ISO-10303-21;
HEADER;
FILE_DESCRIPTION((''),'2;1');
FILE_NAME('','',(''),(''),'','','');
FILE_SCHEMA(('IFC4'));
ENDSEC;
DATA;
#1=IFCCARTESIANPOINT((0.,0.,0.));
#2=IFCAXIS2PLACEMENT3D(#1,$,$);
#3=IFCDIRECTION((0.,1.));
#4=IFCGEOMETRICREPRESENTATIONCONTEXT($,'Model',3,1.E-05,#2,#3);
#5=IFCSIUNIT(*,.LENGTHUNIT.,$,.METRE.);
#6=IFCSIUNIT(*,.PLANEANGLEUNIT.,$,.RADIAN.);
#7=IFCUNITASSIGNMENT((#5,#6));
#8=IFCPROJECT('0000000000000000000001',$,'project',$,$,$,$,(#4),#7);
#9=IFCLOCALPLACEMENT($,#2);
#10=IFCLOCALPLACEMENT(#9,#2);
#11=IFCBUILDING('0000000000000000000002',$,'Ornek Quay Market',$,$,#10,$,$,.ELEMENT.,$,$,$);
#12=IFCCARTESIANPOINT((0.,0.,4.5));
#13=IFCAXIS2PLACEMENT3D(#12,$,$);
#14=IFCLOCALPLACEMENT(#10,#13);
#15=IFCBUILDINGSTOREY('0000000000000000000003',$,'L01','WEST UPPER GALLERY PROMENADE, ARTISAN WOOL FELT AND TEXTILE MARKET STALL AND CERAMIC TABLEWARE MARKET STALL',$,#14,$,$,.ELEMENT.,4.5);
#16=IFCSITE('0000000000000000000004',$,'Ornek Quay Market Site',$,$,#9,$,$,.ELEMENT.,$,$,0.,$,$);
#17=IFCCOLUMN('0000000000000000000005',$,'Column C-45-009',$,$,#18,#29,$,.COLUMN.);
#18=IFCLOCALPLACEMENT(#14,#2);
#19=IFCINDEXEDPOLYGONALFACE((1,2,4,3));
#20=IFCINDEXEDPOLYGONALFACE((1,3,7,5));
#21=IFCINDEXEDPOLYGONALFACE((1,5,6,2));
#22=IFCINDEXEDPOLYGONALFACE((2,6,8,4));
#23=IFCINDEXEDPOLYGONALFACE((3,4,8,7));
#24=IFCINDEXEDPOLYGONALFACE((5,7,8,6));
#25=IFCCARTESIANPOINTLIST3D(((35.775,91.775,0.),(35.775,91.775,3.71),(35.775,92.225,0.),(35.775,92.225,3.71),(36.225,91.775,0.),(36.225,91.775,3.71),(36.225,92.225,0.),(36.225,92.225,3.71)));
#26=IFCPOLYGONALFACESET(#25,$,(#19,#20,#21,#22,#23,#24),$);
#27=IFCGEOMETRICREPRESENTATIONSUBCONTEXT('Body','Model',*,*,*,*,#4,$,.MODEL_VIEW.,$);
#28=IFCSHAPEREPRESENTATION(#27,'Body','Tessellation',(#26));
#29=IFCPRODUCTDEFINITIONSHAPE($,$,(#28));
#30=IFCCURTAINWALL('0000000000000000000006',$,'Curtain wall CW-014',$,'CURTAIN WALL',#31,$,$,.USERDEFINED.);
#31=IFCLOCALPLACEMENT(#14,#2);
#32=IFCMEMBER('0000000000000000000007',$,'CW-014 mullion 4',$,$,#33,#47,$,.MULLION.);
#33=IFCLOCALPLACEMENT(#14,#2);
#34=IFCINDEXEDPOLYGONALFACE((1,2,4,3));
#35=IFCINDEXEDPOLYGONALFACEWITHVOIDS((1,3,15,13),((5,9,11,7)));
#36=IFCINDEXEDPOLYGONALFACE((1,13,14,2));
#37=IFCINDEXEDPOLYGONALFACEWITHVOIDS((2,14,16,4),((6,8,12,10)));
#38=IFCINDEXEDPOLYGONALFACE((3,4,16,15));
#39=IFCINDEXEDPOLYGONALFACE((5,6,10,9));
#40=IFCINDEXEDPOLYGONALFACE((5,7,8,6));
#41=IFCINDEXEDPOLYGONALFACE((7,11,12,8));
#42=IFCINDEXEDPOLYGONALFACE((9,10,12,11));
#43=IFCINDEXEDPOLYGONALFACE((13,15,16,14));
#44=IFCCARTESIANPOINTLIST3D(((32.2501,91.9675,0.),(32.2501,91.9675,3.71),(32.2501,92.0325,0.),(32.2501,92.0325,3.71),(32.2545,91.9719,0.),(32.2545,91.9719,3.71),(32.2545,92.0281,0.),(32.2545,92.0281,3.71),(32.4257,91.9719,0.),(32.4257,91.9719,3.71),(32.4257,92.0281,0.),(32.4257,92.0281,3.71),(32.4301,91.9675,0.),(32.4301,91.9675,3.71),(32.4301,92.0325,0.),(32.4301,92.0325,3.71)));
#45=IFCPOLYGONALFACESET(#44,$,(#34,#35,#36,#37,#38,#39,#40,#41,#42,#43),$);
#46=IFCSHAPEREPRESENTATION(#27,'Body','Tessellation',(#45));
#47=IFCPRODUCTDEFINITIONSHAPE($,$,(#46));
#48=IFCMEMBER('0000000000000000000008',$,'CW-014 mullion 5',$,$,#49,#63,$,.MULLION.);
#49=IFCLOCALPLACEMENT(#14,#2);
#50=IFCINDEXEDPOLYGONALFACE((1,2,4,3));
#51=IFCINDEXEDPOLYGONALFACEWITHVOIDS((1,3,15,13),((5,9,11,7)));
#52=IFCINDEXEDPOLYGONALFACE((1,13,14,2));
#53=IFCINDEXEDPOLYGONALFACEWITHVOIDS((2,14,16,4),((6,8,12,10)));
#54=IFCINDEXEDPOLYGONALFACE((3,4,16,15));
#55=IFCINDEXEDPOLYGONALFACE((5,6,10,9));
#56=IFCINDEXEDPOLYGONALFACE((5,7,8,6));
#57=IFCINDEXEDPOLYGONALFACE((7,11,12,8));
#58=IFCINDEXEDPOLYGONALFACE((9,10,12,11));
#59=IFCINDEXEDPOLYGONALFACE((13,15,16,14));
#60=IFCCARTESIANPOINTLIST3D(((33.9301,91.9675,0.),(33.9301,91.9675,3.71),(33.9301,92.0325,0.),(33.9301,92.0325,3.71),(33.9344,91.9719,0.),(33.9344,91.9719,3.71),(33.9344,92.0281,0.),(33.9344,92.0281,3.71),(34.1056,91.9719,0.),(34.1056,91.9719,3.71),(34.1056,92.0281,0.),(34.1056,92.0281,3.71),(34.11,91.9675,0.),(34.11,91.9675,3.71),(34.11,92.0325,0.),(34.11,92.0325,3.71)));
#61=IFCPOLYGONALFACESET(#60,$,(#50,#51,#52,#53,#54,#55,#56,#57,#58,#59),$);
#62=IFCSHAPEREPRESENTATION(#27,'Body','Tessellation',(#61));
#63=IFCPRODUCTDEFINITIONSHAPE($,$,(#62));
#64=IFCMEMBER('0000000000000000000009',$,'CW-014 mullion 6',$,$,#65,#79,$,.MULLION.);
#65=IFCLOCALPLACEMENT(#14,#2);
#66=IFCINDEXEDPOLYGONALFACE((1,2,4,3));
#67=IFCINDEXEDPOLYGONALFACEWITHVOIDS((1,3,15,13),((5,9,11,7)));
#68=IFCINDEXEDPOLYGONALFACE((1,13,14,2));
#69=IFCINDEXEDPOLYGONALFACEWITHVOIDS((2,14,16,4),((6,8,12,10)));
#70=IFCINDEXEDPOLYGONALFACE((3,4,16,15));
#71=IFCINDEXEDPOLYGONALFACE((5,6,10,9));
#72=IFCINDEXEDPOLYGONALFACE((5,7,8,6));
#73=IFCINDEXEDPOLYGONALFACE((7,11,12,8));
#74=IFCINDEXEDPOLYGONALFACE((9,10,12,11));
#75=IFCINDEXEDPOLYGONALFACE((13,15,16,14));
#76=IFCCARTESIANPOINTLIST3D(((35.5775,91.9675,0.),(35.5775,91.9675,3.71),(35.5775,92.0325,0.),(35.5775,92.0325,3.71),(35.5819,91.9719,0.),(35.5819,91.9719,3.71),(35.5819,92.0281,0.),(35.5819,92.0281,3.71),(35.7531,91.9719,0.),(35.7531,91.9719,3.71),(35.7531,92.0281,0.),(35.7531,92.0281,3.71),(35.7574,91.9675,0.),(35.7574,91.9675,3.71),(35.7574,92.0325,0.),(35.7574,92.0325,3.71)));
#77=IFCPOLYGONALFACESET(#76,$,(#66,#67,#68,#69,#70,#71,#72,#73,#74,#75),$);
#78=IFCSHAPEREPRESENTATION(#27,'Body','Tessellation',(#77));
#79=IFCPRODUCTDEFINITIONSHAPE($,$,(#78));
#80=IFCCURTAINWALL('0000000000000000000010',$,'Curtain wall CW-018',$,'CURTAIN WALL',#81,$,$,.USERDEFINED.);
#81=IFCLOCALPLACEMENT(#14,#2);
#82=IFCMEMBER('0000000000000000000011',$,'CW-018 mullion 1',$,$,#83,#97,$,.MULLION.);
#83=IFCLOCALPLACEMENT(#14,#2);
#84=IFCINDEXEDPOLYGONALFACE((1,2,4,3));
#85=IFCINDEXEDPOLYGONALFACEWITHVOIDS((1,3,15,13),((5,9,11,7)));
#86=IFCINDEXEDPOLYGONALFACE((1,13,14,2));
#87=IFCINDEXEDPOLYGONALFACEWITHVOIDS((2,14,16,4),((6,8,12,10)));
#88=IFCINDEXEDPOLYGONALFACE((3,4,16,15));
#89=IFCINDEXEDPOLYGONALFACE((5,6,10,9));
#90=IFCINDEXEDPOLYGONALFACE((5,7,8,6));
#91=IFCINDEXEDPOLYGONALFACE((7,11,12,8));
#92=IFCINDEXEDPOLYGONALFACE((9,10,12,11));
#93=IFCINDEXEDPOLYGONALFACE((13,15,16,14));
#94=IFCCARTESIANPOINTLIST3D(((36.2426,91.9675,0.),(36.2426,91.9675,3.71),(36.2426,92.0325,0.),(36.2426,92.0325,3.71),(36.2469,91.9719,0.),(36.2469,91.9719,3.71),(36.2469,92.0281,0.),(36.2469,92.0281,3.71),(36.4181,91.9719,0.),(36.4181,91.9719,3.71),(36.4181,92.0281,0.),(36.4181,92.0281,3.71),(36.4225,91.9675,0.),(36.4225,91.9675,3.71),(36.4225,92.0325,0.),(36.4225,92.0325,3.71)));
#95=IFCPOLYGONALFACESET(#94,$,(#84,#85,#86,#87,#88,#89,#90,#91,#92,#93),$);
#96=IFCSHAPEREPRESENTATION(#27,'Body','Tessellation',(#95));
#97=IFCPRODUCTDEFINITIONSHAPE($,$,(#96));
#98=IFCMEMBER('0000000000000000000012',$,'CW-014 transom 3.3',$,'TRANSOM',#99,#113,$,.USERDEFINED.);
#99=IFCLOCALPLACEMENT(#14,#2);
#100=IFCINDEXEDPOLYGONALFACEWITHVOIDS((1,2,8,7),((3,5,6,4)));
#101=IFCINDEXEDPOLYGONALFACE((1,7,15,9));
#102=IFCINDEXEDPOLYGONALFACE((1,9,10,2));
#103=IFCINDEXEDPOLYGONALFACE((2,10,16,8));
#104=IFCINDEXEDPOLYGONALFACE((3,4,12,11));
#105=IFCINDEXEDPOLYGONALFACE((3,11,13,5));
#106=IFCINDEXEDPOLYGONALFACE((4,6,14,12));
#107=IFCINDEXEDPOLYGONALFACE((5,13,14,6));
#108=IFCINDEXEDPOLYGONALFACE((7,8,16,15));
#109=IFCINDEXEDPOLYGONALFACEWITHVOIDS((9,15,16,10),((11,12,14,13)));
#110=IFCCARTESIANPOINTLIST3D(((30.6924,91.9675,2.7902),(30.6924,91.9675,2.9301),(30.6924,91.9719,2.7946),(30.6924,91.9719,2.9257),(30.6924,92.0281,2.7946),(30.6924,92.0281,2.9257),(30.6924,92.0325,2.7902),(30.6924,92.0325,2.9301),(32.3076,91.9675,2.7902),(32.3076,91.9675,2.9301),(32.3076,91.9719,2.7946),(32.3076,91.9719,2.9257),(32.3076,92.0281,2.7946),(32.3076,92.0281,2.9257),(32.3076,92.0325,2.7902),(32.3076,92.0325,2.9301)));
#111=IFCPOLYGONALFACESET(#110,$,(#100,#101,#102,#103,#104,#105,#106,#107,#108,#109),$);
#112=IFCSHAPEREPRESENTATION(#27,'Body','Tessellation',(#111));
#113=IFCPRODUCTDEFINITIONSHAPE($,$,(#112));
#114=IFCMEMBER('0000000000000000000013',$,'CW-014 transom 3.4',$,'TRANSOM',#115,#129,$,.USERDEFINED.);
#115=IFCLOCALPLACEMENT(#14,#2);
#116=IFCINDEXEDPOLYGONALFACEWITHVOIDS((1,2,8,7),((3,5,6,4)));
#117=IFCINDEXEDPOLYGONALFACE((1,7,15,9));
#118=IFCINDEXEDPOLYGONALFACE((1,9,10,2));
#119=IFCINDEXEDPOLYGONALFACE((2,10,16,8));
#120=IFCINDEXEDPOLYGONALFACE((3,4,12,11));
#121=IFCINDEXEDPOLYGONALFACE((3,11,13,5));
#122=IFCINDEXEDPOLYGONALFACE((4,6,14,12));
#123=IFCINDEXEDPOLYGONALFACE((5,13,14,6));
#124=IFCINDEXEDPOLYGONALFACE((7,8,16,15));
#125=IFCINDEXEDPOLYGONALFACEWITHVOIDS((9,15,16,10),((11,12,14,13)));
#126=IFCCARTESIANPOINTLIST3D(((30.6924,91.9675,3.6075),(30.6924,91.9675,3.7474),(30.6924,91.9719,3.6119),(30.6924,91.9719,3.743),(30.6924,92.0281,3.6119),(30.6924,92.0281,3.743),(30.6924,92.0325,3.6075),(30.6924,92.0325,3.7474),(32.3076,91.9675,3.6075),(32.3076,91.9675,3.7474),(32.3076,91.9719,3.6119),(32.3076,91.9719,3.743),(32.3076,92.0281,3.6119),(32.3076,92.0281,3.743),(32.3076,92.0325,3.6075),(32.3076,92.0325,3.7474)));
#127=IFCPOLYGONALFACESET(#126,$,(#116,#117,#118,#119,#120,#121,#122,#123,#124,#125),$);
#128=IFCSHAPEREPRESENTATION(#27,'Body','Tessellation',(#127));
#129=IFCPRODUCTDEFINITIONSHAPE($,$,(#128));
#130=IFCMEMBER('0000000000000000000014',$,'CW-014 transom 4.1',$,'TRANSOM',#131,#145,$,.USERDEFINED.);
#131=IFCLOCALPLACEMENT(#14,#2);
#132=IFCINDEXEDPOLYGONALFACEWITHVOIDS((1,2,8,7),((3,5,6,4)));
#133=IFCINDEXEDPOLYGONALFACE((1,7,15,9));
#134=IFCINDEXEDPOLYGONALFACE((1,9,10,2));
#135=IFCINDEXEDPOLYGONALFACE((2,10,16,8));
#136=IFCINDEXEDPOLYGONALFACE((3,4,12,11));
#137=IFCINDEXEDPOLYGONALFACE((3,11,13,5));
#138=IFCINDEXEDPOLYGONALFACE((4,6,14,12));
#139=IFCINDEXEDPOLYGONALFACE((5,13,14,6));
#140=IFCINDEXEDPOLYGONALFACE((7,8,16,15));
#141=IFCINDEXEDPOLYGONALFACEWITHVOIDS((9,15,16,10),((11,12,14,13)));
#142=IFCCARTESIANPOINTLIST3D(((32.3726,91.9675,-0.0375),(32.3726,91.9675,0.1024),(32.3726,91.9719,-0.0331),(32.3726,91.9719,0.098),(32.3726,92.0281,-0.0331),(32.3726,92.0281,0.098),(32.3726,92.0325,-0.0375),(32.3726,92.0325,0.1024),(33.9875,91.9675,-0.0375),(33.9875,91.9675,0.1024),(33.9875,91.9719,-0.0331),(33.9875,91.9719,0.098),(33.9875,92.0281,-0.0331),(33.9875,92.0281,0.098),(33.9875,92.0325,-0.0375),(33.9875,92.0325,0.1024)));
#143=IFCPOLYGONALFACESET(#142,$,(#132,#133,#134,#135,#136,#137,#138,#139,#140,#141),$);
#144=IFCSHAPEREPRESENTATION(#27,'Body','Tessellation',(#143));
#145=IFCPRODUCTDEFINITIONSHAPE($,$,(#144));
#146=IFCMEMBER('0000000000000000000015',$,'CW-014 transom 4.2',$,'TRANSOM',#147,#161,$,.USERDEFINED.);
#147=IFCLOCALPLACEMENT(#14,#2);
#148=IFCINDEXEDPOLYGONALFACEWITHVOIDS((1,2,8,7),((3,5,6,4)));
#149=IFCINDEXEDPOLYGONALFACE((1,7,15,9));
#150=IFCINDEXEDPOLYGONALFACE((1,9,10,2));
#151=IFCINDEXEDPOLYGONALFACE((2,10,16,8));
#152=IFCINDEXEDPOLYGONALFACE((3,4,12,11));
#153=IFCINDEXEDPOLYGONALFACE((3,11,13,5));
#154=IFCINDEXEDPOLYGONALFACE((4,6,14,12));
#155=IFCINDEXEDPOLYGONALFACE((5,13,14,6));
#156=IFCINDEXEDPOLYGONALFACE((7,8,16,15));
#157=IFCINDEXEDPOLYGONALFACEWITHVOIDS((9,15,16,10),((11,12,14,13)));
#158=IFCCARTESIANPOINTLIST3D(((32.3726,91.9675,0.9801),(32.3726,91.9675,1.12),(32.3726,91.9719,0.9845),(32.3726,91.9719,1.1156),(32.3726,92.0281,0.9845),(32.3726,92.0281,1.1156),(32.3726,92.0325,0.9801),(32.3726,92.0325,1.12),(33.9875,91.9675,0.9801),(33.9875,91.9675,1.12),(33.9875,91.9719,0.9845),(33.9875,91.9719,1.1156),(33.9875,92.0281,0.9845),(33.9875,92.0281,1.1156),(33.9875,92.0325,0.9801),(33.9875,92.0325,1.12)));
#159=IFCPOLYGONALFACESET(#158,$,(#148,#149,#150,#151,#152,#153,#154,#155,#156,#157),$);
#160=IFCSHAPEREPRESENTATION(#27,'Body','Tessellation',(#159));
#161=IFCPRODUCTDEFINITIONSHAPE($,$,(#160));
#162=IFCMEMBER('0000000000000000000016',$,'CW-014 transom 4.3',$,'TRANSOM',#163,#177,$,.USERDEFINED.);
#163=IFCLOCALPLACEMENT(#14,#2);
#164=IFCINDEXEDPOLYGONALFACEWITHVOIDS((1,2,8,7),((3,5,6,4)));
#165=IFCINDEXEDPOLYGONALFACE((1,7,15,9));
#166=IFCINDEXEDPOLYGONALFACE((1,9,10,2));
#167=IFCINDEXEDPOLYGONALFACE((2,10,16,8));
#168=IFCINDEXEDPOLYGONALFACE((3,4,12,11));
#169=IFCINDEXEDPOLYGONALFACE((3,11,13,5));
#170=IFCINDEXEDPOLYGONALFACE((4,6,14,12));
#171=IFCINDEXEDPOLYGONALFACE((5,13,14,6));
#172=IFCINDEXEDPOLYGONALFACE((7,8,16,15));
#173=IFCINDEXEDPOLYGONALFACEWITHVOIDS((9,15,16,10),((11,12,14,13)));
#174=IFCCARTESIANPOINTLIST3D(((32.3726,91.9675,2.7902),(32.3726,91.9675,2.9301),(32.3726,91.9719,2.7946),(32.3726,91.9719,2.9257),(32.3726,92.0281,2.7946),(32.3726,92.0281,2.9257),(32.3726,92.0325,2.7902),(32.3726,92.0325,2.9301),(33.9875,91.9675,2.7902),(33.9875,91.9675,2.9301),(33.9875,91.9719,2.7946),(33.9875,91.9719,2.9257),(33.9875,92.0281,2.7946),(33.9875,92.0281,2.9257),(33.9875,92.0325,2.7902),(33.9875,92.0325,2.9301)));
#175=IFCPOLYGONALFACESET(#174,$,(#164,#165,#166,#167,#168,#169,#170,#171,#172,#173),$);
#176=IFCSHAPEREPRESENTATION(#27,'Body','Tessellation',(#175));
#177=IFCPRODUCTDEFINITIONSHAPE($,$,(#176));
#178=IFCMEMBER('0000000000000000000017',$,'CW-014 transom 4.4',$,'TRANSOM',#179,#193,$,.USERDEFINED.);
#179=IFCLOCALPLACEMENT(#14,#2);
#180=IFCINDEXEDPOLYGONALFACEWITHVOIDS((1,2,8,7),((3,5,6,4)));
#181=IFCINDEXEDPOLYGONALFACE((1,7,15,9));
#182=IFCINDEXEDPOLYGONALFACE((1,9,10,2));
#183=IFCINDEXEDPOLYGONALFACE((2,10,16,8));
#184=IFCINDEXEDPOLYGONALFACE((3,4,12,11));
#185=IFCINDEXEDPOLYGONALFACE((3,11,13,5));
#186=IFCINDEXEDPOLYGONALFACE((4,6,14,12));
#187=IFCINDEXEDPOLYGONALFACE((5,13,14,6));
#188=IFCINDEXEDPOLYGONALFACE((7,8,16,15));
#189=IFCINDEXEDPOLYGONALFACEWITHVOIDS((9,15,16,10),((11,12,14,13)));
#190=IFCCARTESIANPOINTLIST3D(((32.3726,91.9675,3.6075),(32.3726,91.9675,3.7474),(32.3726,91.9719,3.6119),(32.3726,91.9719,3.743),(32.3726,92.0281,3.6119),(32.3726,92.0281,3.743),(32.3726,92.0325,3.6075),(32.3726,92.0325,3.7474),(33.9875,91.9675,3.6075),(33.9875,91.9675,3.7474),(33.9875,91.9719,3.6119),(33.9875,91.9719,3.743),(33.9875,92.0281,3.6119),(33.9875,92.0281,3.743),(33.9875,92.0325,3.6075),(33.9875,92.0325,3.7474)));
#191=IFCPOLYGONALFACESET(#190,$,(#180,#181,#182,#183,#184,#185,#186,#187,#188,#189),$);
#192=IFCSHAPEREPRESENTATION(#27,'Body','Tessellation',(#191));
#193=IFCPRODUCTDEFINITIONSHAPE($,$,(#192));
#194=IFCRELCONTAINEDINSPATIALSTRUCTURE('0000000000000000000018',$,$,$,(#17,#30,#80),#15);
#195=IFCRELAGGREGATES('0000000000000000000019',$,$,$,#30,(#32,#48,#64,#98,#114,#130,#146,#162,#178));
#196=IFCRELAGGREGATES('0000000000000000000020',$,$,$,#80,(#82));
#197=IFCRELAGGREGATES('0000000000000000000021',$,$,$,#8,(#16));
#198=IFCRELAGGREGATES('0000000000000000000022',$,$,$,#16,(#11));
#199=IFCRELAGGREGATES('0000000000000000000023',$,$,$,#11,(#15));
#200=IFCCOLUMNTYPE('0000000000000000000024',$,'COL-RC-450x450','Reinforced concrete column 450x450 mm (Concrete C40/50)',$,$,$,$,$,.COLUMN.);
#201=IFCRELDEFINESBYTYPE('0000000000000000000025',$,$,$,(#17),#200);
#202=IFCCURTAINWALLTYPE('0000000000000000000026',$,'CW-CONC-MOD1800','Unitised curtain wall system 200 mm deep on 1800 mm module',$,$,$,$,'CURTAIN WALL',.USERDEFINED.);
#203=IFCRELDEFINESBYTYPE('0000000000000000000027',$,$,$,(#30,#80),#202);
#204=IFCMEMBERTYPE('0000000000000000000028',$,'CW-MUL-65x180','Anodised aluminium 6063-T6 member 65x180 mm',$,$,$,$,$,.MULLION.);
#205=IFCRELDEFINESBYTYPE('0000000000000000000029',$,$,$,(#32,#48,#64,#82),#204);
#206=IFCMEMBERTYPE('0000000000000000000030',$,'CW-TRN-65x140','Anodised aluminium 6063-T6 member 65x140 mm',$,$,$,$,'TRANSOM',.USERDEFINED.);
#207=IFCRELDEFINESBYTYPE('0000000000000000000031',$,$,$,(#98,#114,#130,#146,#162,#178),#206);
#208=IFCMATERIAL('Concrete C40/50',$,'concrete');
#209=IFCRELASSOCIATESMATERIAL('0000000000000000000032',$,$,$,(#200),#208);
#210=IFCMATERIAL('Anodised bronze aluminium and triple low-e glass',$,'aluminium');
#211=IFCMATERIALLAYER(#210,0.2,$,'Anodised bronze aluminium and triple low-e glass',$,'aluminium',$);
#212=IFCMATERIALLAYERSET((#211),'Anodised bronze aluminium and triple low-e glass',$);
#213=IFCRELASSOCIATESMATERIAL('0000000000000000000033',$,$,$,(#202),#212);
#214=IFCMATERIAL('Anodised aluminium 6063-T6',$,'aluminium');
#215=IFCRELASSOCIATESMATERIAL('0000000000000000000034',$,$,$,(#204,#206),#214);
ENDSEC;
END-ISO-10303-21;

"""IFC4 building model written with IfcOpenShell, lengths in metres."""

from ifc_helpers import new_model, si_unit, direction, frame, origin, origin_2d, place, context, subcontext, project, spatial, rectangle, hollow_rectangle, extrude, material, layer, layer_set, material_profile, profile_set, type_object, element, aggregate, save


model = new_model("IFC4")

# Units and contexts
model_context = context("Model", 3, precision=1e-05, world=origin(), true_north=direction((0.0, 1.0)))
body_context = subcontext(model_context, "Body", "Model", "MODEL_VIEW")
ifc_project = project(units=[si_unit("LENGTHUNIT", "METRE"), si_unit("PLANEANGLEUNIT", "RADIAN")], contexts=[model_context])

# Site, building, storey
site_placement = place(None, origin())
site = spatial("IfcSite", under=ifc_project, at=site_placement, Name="Ornek Quay Market Site", CompositionType="ELEMENT", RefElevation=0.0)
building_placement = place(site_placement, origin())
building = spatial("IfcBuilding", under=site, at=building_placement, Name="Ornek Quay Market", CompositionType="ELEMENT")
storey_placement = place(building_placement, frame((0.0, 0.0, 4.5)))
storey = spatial("IfcBuildingStorey", under=building, at=storey_placement, Name="L01", Description="WEST UPPER GALLERY PROMENADE, ARTISAN WOOL FELT AND TEXTILE MARKET STALL AND CERAMIC TABLEWARE MARKET STALL", CompositionType="ELEMENT", Elevation=4.5)

# Column
ifc_material_1 = material(Name="Concrete C40/50", Category="concrete")
ifc_material_profile_1 = material_profile(ifc_material_1, rectangle(XDim=0.45, YDim=0.45, at=origin_2d()), Name="RC 450x450", Category="concrete")
ifc_profile_set_1 = profile_set([ifc_material_profile_1], Name="Concrete C40/50")
column_type = type_object("IfcColumnType", Name="COL-RC-450x450", Description="Reinforced concrete column 450x450 mm (Concrete C40/50)", PredefinedType="COLUMN", material=ifc_profile_set_1)
column_placement = place(storey_placement, frame((36.0, 92.0, 0.0), z_axis=(0.0, 0.0, 1.0), x_axis=(1.0, 0.0, 0.0)))
element("IfcColumn", 1, at=column_placement, inside=storey, type_object=column_type, Name="Column C-45-009", PredefinedType="COLUMN", context=body_context, shape_type="SweptSolid", body=[
    extrude(rectangle(XDim=0.45, YDim=0.45, at=origin_2d()), origin(), (0.0, 0.0, 1.0), 3.71),
])

# Curtain wall, members
ifc_material_2 = material(Name="Anodised bronze aluminium and triple low-e glass", Category="aluminium")
ifc_layer_1 = layer(ifc_material_2, 0.2, Name="Anodised bronze aluminium and triple low-e glass", Category="aluminium")
ifc_layer_set_1 = layer_set([ifc_layer_1], Name="Anodised bronze aluminium and triple low-e glass")
curtain_wall_type = type_object("IfcCurtainWallType", Name="CW-CONC-MOD1800", Description="Unitised curtain wall system 200 mm deep on 1800 mm module", ElementType="CURTAIN WALL", PredefinedType="USERDEFINED", material=ifc_layer_set_1)
curtain_wall_1_placement = place(storey_placement, origin())
curtain_wall_1 = element("IfcCurtainWall", 2, at=curtain_wall_1_placement, inside=storey, type_object=curtain_wall_type, Name="Curtain wall CW-014", ObjectType="CURTAIN WALL", PredefinedType="USERDEFINED")
ifc_material_3 = material(Name="Anodised aluminium 6063-T6", Category="aluminium")
ifc_material_profile_2 = material_profile(ifc_material_3, hollow_rectangle(XDim=0.0649, YDim=0.1799, WallThickness=0.0044, at=origin_2d()), Name="CW-MUL-65x180", Category="aluminium")
ifc_profile_set_2 = profile_set([ifc_material_profile_2], Name="Anodised aluminium 6063-T6")
member_type_1 = type_object("IfcMemberType", Name="CW-MUL-65x180", Description="Anodised aluminium 6063-T6 member 65x180 mm", PredefinedType="MULLION", material=ifc_profile_set_2)
member_1_placement = place(storey_placement, frame((32.3401, 92.0, 0.0), z_axis=(0.0, 0.0, 1.0), x_axis=(0.0, 1.0, 0.0)))
member_1 = element("IfcMember", 3, at=member_1_placement, type_object=member_type_1, Name="CW-014 mullion 4", PredefinedType="MULLION", context=body_context, shape_type="SweptSolid", body=[
    extrude(hollow_rectangle(XDim=0.0649, YDim=0.1799, WallThickness=0.0044, at=origin_2d()), origin(), (0.0, 0.0, 1.0), 3.71),
])
member_2_placement = place(storey_placement, frame((34.02, 92.0, 0.0), z_axis=(0.0, 0.0, 1.0), x_axis=(0.0, 1.0, 0.0)))
member_2 = element("IfcMember", 4, at=member_2_placement, type_object=member_type_1, Name="CW-014 mullion 5", PredefinedType="MULLION", context=body_context, shape_type="SweptSolid", body=[
    extrude(hollow_rectangle(XDim=0.0649, YDim=0.1799, WallThickness=0.0044, at=origin_2d()), origin(), (0.0, 0.0, 1.0), 3.71),
])
member_3_placement = place(storey_placement, frame((35.6675, 92.0, 0.0), z_axis=(0.0, 0.0, 1.0), x_axis=(0.0, 1.0, 0.0)))
member_3 = element("IfcMember", 5, at=member_3_placement, type_object=member_type_1, Name="CW-014 mullion 6", PredefinedType="MULLION", context=body_context, shape_type="SweptSolid", body=[
    extrude(hollow_rectangle(XDim=0.0649, YDim=0.1799, WallThickness=0.0044, at=origin_2d()), origin(), (0.0, 0.0, 1.0), 3.71),
])

# Curtain wall, member
curtain_wall_2_placement = place(storey_placement, origin())
curtain_wall_2 = element("IfcCurtainWall", 6, at=curtain_wall_2_placement, inside=storey, type_object=curtain_wall_type, Name="Curtain wall CW-018", ObjectType="CURTAIN WALL", PredefinedType="USERDEFINED")
member_4_placement = place(storey_placement, frame((36.3325, 92.0, 0.0), z_axis=(0.0, 0.0, 1.0), x_axis=(0.0, 1.0, 0.0)))
member_4 = element("IfcMember", 7, at=member_4_placement, type_object=member_type_1, Name="CW-018 mullion 1", PredefinedType="MULLION", context=body_context, shape_type="SweptSolid", body=[
    extrude(hollow_rectangle(XDim=0.0649, YDim=0.1799, WallThickness=0.0044, at=origin_2d()), origin(), (0.0, 0.0, 1.0), 3.71),
])

# Members
ifc_material_profile_3 = material_profile(ifc_material_3, hollow_rectangle(XDim=0.0649, YDim=0.1399, WallThickness=0.0044, at=origin_2d()), Name="CW-TRN-65x140", Category="aluminium")
ifc_profile_set_3 = profile_set([ifc_material_profile_3], Name="Anodised aluminium 6063-T6")
member_type_2 = type_object("IfcMemberType", Name="CW-TRN-65x140", Description="Anodised aluminium 6063-T6 member 65x140 mm", ElementType="TRANSOM", PredefinedType="USERDEFINED", material=ifc_profile_set_3)
member_5_placement = place(storey_placement, frame((30.6924, 92.0, 2.8601), z_axis=(1.0, 0.0, 0.0), x_axis=(0.0, 1.0, 0.0)))
member_5 = element("IfcMember", 8, at=member_5_placement, type_object=member_type_2, Name="CW-014 transom 3.3", ObjectType="TRANSOM", PredefinedType="USERDEFINED", context=body_context, shape_type="SweptSolid", body=[
    extrude(hollow_rectangle(XDim=0.0649, YDim=0.1399, WallThickness=0.0044, at=origin_2d()), origin(), (0.0, 0.0, 1.0), 1.6152),
])
member_6_placement = place(storey_placement, frame((30.6924, 92.0, 3.6775), z_axis=(1.0, 0.0, 0.0), x_axis=(0.0, 1.0, 0.0)))
member_6 = element("IfcMember", 9, at=member_6_placement, type_object=member_type_2, Name="CW-014 transom 3.4", ObjectType="TRANSOM", PredefinedType="USERDEFINED", context=body_context, shape_type="SweptSolid", body=[
    extrude(hollow_rectangle(XDim=0.0649, YDim=0.1399, WallThickness=0.0044, at=origin_2d()), origin(), (0.0, 0.0, 1.0), 1.6152),
])
member_7_placement = place(storey_placement, frame((32.3726, 92.0, 0.0325), z_axis=(1.0, 0.0, 0.0), x_axis=(0.0, 1.0, 0.0)))
member_7 = element("IfcMember", 10, at=member_7_placement, type_object=member_type_2, Name="CW-014 transom 4.1", ObjectType="TRANSOM", PredefinedType="USERDEFINED", context=body_context, shape_type="SweptSolid", body=[
    extrude(hollow_rectangle(XDim=0.0649, YDim=0.1399, WallThickness=0.0044, at=origin_2d()), origin(), (0.0, 0.0, 1.0), 1.615),
])
member_8_placement = place(storey_placement, frame((32.3726, 92.0, 1.05), z_axis=(1.0, 0.0, 0.0), x_axis=(0.0, 1.0, 0.0)))
member_8 = element("IfcMember", 11, at=member_8_placement, type_object=member_type_2, Name="CW-014 transom 4.2", ObjectType="TRANSOM", PredefinedType="USERDEFINED", context=body_context, shape_type="SweptSolid", body=[
    extrude(hollow_rectangle(XDim=0.0649, YDim=0.1399, WallThickness=0.0044, at=origin_2d()), origin(), (0.0, 0.0, 1.0), 1.615),
])
member_9_placement = place(storey_placement, frame((32.3726, 92.0, 2.8601), z_axis=(1.0, 0.0, 0.0), x_axis=(0.0, 1.0, 0.0)))
member_9 = element("IfcMember", 12, at=member_9_placement, type_object=member_type_2, Name="CW-014 transom 4.3", ObjectType="TRANSOM", PredefinedType="USERDEFINED", context=body_context, shape_type="SweptSolid", body=[
    extrude(hollow_rectangle(XDim=0.0649, YDim=0.1399, WallThickness=0.0044, at=origin_2d()), origin(), (0.0, 0.0, 1.0), 1.615),
])
member_10_placement = place(storey_placement, frame((32.3726, 92.0, 3.6775), z_axis=(1.0, 0.0, 0.0), x_axis=(0.0, 1.0, 0.0)))
member_10 = element("IfcMember", 13, at=member_10_placement, type_object=member_type_2, Name="CW-014 transom 4.4", ObjectType="TRANSOM", PredefinedType="USERDEFINED", context=body_context, shape_type="SweptSolid", body=[
    extrude(hollow_rectangle(XDim=0.0649, YDim=0.1399, WallThickness=0.0044, at=origin_2d()), origin(), (0.0, 0.0, 1.0), 1.615),
])

aggregate(curtain_wall_1, [member_1, member_2, member_3, member_5, member_6, member_7, member_8, member_9, member_10])
aggregate(curtain_wall_2, [member_4])

save(model, "model.ifc")
